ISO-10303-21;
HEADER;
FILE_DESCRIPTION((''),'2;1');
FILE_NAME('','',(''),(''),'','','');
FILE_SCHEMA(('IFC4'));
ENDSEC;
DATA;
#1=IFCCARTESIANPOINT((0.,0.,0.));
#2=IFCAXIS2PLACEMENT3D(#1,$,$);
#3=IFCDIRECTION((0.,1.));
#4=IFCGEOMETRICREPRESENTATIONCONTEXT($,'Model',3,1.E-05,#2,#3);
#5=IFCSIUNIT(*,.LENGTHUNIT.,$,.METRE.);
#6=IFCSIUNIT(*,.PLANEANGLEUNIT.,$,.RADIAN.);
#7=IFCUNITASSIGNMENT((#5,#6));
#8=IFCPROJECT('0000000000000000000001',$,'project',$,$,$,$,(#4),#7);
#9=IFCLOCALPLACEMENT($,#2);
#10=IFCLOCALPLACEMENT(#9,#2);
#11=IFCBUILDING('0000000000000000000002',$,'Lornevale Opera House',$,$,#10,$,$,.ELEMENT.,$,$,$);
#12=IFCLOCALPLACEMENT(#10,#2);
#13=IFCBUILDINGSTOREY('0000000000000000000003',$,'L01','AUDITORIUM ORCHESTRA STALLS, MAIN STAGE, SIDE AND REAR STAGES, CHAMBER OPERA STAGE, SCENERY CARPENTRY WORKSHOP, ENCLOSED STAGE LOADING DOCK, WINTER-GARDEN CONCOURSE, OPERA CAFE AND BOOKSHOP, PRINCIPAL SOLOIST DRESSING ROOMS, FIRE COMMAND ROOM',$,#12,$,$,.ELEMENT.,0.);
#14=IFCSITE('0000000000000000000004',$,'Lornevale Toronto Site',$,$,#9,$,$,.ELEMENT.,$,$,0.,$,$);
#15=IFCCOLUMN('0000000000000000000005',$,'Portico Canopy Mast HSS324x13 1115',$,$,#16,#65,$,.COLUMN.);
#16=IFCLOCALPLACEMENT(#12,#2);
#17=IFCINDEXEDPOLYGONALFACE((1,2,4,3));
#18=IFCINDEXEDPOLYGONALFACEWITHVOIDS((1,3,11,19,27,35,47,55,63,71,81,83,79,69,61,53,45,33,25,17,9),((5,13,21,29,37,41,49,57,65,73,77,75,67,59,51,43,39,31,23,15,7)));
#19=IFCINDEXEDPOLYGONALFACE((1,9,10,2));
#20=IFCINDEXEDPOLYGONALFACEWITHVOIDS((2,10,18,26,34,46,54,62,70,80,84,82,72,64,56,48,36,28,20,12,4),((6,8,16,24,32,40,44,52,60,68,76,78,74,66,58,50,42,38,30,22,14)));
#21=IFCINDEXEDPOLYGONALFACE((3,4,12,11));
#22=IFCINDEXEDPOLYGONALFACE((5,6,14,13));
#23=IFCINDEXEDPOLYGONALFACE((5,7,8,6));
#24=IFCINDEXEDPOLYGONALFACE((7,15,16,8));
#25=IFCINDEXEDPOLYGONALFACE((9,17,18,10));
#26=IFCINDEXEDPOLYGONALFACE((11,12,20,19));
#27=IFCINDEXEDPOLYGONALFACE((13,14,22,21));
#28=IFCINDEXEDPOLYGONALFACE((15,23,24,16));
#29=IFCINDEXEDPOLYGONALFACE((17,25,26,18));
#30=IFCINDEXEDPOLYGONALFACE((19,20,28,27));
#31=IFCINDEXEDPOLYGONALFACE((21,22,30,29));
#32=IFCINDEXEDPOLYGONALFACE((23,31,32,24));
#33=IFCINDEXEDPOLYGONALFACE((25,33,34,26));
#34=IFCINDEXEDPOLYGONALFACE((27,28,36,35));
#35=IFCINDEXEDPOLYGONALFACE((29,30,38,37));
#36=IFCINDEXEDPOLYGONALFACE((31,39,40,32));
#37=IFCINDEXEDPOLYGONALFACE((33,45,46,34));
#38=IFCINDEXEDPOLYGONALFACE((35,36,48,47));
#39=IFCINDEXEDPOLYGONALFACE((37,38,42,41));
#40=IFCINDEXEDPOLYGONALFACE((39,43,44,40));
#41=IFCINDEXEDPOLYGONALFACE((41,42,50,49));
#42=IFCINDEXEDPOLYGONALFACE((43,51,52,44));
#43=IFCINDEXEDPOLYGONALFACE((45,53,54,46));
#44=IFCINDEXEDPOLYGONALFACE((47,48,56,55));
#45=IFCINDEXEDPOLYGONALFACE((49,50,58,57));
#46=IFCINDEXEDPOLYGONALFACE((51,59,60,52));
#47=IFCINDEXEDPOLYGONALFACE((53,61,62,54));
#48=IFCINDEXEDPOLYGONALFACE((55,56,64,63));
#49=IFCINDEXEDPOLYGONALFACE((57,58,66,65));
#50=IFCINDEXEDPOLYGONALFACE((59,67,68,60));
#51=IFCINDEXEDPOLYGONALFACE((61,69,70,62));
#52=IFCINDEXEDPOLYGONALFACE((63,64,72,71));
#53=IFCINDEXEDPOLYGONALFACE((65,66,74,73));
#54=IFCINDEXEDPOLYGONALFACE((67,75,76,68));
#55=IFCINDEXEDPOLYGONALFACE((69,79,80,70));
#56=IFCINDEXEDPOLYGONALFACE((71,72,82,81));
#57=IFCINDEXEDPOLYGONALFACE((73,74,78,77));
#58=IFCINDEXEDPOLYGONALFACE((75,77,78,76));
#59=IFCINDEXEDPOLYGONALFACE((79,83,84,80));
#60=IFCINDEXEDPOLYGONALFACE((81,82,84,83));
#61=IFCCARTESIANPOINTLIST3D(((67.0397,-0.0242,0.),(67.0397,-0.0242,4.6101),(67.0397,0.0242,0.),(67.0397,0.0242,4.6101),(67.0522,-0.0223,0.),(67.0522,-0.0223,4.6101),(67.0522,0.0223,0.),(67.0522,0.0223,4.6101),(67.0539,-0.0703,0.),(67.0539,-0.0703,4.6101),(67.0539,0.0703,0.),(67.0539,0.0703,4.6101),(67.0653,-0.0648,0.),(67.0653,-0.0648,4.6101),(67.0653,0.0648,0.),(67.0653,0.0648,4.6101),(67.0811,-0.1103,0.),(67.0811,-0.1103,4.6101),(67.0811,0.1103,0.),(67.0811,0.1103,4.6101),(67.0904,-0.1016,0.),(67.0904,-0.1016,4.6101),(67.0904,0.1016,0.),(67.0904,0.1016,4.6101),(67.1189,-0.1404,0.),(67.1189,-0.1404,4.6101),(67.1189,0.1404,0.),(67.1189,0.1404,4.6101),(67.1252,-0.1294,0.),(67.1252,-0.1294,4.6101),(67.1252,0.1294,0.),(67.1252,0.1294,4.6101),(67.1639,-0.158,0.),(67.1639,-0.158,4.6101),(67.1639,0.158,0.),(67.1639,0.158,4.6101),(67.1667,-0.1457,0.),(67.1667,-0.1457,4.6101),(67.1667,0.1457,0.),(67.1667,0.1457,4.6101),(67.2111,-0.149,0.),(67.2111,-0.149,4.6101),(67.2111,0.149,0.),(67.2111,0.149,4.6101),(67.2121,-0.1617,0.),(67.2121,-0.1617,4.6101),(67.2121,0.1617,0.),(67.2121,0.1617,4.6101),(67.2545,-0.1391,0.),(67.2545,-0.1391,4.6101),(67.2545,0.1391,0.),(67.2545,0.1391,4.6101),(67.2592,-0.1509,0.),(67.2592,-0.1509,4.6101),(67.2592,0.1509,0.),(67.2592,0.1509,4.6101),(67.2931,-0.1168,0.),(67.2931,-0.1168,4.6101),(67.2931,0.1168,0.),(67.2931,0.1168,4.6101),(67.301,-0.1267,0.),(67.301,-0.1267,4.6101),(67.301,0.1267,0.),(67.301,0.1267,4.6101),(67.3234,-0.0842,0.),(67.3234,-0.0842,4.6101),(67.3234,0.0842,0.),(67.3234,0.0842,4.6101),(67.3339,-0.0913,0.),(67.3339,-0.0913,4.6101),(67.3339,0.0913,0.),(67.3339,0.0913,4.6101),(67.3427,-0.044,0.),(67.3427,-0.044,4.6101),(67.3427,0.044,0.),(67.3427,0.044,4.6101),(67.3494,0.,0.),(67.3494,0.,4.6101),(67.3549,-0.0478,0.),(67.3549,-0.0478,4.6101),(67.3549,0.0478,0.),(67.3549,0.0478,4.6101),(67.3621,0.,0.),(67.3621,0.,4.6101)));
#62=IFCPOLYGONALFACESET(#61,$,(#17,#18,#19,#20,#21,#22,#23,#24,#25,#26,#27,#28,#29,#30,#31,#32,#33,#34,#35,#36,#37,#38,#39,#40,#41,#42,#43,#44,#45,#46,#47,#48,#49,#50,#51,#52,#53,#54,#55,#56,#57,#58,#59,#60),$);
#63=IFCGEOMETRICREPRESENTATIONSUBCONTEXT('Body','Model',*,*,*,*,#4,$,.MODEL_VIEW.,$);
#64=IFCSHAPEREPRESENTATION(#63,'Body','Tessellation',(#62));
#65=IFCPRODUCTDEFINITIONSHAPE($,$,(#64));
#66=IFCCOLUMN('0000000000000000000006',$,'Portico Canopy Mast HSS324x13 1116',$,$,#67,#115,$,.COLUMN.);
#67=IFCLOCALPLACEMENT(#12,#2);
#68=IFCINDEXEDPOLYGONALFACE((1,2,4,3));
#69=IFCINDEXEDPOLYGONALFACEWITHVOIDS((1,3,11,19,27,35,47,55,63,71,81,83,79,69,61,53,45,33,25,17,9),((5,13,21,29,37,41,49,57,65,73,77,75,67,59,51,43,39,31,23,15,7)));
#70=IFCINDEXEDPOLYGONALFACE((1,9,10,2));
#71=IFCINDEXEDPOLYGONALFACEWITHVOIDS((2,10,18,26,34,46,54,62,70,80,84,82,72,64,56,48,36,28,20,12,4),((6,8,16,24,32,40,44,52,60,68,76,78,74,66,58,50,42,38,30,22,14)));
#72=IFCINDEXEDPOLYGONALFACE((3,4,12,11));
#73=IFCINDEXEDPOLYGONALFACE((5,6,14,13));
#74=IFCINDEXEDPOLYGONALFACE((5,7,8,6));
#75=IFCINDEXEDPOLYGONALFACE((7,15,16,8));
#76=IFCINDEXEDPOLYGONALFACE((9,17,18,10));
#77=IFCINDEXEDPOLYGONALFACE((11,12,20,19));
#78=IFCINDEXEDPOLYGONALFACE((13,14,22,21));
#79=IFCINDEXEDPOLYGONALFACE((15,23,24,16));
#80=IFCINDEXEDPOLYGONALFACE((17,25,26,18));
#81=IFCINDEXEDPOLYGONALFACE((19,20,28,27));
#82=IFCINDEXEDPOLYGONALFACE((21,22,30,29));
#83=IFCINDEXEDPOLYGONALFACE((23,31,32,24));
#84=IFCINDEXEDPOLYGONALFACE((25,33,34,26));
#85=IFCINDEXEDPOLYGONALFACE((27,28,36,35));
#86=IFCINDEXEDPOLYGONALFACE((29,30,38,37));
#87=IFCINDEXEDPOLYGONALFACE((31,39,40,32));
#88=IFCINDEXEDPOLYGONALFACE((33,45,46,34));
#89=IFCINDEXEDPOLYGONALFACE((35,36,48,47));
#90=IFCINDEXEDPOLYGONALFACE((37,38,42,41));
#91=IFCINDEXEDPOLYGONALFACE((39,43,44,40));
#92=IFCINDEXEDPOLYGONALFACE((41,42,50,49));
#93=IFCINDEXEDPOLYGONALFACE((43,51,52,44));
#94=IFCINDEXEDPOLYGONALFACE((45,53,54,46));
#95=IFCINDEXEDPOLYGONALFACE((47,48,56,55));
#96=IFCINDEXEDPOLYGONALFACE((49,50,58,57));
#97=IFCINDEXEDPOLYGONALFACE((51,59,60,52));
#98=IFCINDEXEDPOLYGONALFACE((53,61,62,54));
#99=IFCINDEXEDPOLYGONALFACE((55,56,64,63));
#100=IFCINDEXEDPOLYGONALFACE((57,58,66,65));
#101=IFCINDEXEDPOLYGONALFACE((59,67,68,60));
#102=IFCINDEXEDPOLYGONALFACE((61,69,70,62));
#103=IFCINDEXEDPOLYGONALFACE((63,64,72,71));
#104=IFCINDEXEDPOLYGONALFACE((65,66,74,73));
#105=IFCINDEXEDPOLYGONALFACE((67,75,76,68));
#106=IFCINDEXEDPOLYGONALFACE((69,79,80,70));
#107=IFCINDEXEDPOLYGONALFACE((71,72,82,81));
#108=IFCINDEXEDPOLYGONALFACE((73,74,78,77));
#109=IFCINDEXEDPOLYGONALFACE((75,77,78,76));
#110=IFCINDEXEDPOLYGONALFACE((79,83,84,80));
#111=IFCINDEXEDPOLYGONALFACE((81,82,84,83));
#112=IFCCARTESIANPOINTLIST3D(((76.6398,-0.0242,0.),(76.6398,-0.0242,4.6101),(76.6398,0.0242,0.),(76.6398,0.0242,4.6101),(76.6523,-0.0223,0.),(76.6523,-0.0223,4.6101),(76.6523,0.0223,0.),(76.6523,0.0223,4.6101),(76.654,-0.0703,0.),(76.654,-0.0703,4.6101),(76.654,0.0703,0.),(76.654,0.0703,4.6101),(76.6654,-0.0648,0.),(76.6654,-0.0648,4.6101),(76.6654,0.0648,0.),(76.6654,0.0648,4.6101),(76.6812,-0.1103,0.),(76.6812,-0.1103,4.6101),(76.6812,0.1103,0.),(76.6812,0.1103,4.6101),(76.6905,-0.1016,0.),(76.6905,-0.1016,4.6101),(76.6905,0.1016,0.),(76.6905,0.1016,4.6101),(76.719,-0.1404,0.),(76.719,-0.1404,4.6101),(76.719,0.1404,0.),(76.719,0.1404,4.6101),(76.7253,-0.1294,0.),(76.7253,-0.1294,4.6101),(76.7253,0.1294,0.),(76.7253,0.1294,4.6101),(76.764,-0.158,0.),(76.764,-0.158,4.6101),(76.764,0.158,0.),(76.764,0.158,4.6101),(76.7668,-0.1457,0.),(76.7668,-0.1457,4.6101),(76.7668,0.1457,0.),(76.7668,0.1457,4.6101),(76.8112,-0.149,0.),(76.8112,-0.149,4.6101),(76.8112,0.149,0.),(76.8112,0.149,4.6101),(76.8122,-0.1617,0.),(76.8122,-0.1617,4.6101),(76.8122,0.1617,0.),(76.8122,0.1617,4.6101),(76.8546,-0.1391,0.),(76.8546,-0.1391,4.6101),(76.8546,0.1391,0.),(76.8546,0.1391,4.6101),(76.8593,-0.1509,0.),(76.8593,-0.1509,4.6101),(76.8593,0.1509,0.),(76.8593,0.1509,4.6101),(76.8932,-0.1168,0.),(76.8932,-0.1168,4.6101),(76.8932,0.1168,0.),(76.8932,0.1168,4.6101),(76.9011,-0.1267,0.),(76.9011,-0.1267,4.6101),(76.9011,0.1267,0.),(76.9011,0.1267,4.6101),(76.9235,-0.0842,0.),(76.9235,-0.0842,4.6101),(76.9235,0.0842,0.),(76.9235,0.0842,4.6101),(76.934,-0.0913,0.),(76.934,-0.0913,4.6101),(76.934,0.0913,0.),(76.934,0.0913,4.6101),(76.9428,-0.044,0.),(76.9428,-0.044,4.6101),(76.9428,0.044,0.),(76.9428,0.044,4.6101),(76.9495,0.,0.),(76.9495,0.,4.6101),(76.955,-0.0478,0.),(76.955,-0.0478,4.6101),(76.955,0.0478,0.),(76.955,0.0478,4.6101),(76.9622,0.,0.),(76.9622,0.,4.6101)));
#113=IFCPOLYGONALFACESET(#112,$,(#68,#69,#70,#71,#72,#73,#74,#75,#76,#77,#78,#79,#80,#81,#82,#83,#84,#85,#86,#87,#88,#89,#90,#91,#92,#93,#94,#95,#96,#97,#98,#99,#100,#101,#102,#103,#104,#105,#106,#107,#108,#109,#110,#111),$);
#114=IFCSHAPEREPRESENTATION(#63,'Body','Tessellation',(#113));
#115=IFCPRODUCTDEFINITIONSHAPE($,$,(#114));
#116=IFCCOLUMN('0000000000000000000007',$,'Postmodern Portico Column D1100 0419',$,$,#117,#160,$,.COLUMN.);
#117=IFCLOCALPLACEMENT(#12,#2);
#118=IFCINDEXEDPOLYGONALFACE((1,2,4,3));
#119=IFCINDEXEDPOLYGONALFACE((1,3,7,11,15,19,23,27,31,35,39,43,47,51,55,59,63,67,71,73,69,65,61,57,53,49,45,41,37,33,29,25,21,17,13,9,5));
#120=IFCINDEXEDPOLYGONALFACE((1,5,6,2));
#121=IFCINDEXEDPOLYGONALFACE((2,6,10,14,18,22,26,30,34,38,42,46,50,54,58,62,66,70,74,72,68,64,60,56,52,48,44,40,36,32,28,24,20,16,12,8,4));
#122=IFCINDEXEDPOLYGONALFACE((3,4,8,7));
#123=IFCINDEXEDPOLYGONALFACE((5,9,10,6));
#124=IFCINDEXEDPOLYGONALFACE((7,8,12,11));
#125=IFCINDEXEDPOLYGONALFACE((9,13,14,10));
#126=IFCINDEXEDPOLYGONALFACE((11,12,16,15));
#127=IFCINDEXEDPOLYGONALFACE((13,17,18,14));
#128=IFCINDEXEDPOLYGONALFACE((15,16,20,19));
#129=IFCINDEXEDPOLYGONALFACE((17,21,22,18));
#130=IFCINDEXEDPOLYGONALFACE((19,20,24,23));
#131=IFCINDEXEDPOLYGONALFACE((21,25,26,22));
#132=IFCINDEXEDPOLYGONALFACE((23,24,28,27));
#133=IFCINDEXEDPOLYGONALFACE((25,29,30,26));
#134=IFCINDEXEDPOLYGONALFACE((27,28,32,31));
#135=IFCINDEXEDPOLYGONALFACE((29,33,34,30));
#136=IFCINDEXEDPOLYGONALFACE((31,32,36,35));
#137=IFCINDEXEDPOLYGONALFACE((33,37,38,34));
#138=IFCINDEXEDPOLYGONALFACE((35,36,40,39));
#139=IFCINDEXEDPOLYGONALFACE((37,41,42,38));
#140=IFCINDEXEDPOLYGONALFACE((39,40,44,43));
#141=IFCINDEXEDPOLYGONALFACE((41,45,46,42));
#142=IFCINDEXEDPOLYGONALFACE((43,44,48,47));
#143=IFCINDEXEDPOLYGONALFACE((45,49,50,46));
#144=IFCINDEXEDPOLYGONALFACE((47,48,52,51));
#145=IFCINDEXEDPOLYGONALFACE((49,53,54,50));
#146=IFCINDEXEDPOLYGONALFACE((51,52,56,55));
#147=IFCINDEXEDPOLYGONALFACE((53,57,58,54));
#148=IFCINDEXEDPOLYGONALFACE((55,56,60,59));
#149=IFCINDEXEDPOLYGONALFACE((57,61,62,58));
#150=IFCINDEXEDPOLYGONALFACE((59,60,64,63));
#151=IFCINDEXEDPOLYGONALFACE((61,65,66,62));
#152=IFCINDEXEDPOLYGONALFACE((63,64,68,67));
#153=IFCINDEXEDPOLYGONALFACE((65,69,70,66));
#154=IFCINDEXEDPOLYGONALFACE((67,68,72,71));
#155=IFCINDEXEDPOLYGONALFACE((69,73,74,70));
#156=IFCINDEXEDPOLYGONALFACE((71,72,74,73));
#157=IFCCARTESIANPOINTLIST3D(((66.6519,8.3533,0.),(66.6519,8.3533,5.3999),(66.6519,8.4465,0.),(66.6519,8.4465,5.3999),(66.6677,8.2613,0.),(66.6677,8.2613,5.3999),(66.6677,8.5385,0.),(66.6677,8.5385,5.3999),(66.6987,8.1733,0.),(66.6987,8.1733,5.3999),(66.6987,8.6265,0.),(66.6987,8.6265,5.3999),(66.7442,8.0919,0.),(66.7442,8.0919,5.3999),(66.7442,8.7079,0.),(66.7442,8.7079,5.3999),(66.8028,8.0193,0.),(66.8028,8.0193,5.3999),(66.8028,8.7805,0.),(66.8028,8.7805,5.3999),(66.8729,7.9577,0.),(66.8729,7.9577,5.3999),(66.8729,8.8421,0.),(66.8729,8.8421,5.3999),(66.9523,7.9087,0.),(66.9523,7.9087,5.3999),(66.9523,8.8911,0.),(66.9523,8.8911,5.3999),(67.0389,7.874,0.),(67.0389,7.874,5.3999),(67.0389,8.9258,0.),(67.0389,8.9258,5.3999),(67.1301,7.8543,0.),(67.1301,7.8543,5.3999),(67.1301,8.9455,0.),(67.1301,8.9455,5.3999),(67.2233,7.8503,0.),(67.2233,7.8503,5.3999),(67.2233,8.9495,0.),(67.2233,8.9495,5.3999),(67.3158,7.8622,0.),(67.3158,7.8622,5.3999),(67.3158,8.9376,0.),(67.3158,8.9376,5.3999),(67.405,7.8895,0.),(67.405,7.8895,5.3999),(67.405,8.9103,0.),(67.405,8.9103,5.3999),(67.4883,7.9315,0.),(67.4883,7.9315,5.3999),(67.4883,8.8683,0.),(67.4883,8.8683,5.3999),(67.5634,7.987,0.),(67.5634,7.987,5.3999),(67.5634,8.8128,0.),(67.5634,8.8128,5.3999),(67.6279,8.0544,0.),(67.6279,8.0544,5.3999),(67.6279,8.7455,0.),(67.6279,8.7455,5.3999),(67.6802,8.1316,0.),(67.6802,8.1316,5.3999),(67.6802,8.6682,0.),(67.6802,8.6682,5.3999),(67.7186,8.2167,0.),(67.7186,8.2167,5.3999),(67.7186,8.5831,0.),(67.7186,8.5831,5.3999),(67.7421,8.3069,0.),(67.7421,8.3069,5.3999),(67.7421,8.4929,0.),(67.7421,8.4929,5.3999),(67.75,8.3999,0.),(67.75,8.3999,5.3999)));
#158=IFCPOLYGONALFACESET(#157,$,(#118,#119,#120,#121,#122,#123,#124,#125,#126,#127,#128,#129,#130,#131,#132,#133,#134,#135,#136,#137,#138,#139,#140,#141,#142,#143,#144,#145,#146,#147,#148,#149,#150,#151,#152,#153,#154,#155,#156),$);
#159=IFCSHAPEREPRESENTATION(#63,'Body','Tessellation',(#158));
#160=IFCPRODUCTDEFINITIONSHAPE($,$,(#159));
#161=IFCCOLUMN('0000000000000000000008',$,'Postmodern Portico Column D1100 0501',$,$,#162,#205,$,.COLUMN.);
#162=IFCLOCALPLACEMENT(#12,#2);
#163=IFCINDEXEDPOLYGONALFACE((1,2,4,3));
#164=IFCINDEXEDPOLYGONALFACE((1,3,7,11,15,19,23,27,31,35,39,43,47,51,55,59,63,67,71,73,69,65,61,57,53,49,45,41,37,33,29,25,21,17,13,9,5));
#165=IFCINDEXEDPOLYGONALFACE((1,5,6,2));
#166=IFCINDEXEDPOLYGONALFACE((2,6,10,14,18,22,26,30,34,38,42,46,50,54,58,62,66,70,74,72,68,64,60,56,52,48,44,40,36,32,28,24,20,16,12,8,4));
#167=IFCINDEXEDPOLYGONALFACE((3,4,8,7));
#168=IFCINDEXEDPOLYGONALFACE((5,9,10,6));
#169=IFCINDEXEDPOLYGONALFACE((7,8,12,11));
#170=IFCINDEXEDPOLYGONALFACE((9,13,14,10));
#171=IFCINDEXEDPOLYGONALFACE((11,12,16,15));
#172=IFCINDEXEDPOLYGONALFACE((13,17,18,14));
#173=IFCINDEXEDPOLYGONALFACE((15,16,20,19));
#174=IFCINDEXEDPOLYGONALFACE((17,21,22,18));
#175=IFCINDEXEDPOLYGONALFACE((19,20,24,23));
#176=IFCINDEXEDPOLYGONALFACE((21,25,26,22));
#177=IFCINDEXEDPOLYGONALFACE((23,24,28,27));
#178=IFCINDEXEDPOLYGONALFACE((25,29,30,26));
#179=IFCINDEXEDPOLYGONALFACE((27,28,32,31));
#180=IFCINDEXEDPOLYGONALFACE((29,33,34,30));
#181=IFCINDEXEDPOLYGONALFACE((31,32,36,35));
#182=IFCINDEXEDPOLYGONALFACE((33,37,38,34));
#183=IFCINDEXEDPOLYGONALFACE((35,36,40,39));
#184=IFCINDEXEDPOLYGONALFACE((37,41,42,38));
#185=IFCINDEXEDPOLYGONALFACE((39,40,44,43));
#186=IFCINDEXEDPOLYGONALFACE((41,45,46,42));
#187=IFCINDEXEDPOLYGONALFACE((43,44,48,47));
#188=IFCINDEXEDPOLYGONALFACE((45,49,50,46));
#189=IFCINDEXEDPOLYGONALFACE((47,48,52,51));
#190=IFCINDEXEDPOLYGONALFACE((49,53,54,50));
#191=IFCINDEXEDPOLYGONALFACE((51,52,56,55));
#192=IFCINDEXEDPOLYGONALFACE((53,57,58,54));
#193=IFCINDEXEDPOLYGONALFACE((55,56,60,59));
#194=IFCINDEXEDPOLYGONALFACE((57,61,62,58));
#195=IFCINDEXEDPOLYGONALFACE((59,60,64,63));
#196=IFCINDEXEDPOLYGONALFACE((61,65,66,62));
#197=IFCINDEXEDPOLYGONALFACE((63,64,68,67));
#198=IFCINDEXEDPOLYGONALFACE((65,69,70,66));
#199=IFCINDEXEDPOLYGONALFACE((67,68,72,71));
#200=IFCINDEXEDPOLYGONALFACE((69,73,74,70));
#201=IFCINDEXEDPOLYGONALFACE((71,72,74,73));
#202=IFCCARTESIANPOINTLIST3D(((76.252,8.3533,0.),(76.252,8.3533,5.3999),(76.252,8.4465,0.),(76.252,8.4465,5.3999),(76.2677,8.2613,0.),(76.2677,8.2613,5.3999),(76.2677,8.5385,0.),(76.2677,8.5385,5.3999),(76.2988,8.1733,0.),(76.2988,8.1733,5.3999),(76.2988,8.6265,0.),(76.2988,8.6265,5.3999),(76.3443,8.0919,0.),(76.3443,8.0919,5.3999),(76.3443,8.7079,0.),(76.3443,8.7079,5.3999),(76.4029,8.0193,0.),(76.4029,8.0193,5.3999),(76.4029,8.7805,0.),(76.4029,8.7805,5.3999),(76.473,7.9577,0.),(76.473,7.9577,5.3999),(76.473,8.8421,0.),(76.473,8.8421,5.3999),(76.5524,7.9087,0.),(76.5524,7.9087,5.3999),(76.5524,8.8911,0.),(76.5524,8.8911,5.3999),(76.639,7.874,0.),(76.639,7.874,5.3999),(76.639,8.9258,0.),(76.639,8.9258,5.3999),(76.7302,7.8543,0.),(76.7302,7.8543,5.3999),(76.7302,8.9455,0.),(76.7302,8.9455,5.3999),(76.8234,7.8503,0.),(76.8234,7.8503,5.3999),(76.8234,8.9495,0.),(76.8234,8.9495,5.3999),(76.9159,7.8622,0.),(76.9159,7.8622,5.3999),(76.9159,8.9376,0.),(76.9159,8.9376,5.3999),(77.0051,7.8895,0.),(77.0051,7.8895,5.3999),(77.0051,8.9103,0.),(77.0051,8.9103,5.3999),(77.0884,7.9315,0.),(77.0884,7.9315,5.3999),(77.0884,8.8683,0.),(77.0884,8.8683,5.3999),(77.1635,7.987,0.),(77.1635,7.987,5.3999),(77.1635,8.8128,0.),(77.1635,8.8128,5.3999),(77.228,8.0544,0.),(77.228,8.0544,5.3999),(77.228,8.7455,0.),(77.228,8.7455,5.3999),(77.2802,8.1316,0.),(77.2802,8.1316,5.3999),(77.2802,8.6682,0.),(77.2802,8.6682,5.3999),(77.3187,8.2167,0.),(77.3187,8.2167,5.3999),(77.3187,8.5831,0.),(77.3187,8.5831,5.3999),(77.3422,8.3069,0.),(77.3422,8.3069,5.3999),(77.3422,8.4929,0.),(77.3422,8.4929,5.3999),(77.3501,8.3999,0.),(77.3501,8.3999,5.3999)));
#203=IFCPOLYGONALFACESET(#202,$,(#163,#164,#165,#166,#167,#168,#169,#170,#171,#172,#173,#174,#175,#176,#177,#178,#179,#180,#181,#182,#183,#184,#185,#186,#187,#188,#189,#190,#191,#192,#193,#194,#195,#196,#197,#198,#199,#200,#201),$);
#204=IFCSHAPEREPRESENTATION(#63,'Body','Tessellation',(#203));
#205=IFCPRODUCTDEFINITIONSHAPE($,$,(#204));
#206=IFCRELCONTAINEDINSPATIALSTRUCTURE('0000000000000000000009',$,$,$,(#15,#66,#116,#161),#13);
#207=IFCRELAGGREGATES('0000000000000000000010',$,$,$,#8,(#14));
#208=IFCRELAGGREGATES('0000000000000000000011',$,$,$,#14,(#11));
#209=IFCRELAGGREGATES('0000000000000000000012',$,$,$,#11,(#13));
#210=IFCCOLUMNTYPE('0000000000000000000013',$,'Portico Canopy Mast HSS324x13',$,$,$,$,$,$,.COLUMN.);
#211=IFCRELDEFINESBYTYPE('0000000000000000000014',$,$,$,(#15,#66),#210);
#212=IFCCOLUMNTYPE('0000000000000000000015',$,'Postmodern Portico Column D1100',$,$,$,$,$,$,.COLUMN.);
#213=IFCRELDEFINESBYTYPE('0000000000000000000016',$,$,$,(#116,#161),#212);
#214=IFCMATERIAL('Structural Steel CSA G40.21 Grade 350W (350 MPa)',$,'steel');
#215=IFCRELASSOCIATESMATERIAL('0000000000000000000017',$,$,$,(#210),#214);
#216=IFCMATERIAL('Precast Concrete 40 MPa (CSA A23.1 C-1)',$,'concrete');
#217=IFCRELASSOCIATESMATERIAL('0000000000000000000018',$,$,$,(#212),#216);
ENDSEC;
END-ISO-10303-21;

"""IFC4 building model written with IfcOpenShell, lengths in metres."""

from ifc_helpers import new_model, si_unit, direction, frame, origin, origin_2d, place, context, subcontext, project, spatial, circle, hollow_circle, extrude, material, material_profile, profile_set, type_object, element, save


model = new_model("IFC4")

# Units and contexts
model_context = context("Model", 3, precision=1e-05, world=origin(), true_north=direction((0.0, 1.0)))
body_context = subcontext(model_context, "Body", "Model", "MODEL_VIEW")
ifc_project = project(units=[si_unit("LENGTHUNIT", "METRE"), si_unit("PLANEANGLEUNIT", "RADIAN")], contexts=[model_context])

# Site, building, storey
site_placement = place(None, origin())
site = spatial("IfcSite", under=ifc_project, at=site_placement, Name="Lornevale Toronto Site", CompositionType="ELEMENT", RefElevation=0.0)
building_placement = place(site_placement, origin())
building = spatial("IfcBuilding", under=site, at=building_placement, Name="Lornevale Opera House", CompositionType="ELEMENT")
storey_placement = place(building_placement, origin())
storey = spatial("IfcBuildingStorey", under=building, at=storey_placement, Name="L01", Description="AUDITORIUM ORCHESTRA STALLS, MAIN STAGE, SIDE AND REAR STAGES, CHAMBER OPERA STAGE, SCENERY CARPENTRY WORKSHOP, ENCLOSED STAGE LOADING DOCK, WINTER-GARDEN CONCOURSE, OPERA CAFE AND BOOKSHOP, PRINCIPAL SOLOIST DRESSING ROOMS, FIRE COMMAND ROOM", CompositionType="ELEMENT", Elevation=0.0)

# Columns
ifc_material_1 = material(Name="Structural Steel CSA G40.21 Grade 350W (350 MPa)", Category="steel")
ifc_material_profile_1 = material_profile(ifc_material_1, hollow_circle(Radius=0.1621, WallThickness=0.0127, at=origin_2d()), Name="HSS324x13")
ifc_profile_set_1 = profile_set([ifc_material_profile_1], Name="Structural Steel CSA G40.21 Grade 350W (350 MPa)")
column_type_1 = type_object("IfcColumnType", Name="Portico Canopy Mast HSS324x13", PredefinedType="COLUMN", material=ifc_profile_set_1)
for number, where, z_axis, x_axis, name in (
    (1, (67.2, 0.0, 0.0), (0.0, 0.0, 1.0), (1.0, 0.0, 0.0), "Portico Canopy Mast HSS324x13 1115"),
    (2, (76.8, 0.0, 0.0), (0.0, 0.0, 1.0), (1.0, 0.0, 0.0), "Portico Canopy Mast HSS324x13 1116"),
):
    element("IfcColumn", number, at=place(storey_placement, frame(where, z_axis=z_axis, x_axis=x_axis)), inside=storey, type_object=column_type_1, Name=name, PredefinedType="COLUMN", context=body_context, shape_type="SweptSolid", body=[
        extrude(hollow_circle(Radius=0.1621, WallThickness=0.0127, at=origin_2d()), origin(), (0.0, 0.0, 1.0), 4.6101),
    ])
ifc_material_2 = material(Name="Precast Concrete 40 MPa (CSA A23.1 C-1)", Category="concrete")
ifc_material_profile_2 = material_profile(ifc_material_2, circle(Radius=0.55, at=origin_2d()), Name="RCCOL1100")
ifc_profile_set_2 = profile_set([ifc_material_profile_2], Name="Precast Concrete 40 MPa (CSA A23.1 C-1)")
column_type_2 = type_object("IfcColumnType", Name="Postmodern Portico Column D1100", PredefinedType="COLUMN", material=ifc_profile_set_2)
for number, where, z_axis, x_axis, name in (
    (3, (67.2, 8.3999, 0.0), (0.0, 0.0, 1.0), (1.0, 0.0, 0.0), "Postmodern Portico Column D1100 0419"),
    (4, (76.8, 8.3999, 0.0), (0.0, 0.0, 1.0), (1.0, 0.0, 0.0), "Postmodern Portico Column D1100 0501"),
):
    element("IfcColumn", number, at=place(storey_placement, frame(where, z_axis=z_axis, x_axis=x_axis)), inside=storey, type_object=column_type_2, Name=name, PredefinedType="COLUMN", context=body_context, shape_type="SweptSolid", body=[
        extrude(circle(Radius=0.55, at=origin_2d()), origin(), (0.0, 0.0, 1.0), 5.3999),
    ])

save(model, "model.ifc")
